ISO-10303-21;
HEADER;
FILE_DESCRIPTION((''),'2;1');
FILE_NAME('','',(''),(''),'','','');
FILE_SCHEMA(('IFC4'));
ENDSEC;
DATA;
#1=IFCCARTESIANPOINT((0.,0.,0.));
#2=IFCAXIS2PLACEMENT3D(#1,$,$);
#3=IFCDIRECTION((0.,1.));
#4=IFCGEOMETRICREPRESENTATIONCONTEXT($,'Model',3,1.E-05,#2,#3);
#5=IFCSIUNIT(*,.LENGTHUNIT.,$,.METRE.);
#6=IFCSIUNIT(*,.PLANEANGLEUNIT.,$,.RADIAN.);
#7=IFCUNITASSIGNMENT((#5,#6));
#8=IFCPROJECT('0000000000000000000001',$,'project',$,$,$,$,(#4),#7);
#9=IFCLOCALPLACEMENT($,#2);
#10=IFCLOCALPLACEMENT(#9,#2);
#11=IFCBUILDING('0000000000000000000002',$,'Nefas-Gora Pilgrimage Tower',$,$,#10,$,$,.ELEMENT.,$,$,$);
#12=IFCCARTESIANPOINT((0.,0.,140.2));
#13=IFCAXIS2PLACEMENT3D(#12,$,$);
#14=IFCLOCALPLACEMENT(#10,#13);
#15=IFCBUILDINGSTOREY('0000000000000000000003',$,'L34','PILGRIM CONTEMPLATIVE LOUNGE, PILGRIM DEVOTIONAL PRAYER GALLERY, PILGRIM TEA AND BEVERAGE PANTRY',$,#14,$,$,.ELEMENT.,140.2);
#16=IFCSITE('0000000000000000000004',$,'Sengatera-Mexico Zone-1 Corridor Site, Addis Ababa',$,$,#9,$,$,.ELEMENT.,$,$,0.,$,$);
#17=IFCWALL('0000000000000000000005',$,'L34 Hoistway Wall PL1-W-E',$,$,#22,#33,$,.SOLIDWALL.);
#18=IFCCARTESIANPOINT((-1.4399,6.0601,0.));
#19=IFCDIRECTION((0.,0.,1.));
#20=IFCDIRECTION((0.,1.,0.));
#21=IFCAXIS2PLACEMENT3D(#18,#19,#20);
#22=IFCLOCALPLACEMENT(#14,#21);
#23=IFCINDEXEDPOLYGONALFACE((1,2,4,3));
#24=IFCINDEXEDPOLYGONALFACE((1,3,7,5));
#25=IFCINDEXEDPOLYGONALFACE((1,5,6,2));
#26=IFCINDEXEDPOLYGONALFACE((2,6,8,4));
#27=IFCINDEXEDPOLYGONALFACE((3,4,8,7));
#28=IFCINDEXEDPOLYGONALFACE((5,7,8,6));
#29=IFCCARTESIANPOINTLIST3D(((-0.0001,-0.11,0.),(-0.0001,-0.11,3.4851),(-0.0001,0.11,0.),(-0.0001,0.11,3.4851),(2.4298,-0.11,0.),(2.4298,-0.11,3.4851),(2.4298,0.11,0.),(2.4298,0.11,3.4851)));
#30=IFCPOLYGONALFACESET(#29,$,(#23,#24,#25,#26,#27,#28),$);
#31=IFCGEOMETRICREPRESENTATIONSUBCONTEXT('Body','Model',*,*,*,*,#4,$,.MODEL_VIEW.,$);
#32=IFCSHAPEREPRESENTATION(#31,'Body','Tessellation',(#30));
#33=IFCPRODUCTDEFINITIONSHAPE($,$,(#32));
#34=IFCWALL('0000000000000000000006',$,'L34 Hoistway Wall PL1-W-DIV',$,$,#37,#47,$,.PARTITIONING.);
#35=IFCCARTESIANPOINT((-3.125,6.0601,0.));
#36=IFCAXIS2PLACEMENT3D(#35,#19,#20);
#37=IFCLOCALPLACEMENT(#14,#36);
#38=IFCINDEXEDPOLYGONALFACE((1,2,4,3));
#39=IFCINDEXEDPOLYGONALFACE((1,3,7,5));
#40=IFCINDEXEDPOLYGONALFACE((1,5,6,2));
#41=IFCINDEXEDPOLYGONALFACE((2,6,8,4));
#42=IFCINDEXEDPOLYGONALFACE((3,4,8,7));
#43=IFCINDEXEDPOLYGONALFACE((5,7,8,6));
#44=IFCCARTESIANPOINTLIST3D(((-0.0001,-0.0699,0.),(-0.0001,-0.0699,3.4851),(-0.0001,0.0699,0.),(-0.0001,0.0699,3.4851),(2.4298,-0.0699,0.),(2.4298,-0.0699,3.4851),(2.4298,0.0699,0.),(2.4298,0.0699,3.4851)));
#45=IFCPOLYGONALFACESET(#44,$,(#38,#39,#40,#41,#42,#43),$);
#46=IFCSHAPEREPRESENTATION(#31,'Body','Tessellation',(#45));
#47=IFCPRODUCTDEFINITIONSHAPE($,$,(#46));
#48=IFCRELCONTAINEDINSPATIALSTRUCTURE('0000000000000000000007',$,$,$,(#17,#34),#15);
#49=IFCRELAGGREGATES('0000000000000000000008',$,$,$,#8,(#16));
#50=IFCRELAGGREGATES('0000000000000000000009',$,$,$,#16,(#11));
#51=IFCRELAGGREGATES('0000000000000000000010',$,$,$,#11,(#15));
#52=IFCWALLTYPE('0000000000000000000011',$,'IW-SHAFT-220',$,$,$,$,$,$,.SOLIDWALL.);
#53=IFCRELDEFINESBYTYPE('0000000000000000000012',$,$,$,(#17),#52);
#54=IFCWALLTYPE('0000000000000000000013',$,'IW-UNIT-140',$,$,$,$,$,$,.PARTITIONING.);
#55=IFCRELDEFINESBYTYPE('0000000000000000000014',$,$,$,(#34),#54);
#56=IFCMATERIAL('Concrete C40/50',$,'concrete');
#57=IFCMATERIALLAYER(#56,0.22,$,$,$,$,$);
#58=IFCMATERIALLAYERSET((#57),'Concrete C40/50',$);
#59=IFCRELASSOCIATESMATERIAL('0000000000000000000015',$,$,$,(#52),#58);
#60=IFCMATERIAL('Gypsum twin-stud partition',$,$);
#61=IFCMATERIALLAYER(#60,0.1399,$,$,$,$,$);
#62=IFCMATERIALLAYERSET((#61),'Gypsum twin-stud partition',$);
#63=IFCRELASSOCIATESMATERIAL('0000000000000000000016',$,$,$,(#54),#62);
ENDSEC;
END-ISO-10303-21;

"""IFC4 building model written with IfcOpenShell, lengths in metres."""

from ifc_helpers import new_model, si_unit, direction, frame, frame_2d, origin, place, context, subcontext, project, spatial, rectangle, extrude, source, transform, mapped, material, layer, layer_set, type_object, element, save


model = new_model("IFC4")

# Units and contexts
model_context = context("Model", 3, precision=1e-05, world=origin(), true_north=direction((0.0, 1.0)))
body_context = subcontext(model_context, "Body", "Model", "MODEL_VIEW")
ifc_project = project(units=[si_unit("LENGTHUNIT", "METRE"), si_unit("PLANEANGLEUNIT", "RADIAN")], contexts=[model_context])

# Site, building, storey
site_placement = place(None, origin())
site = spatial("IfcSite", under=ifc_project, at=site_placement, Name="Sengatera-Mexico Zone-1 Corridor Site, Addis Ababa", CompositionType="ELEMENT", RefElevation=0.0)
building_placement = place(site_placement, origin())
building = spatial("IfcBuilding", under=site, at=building_placement, Name="Nefas-Gora Pilgrimage Tower", CompositionType="ELEMENT")
storey_placement = place(building_placement, frame((0.0, 0.0, 140.2)))
storey = spatial("IfcBuildingStorey", under=building, at=storey_placement, Name="L34", Description="PILGRIM CONTEMPLATIVE LOUNGE, PILGRIM DEVOTIONAL PRAYER GALLERY, PILGRIM TEA AND BEVERAGE PANTRY", CompositionType="ELEMENT", Elevation=140.2)

# Shared definitions
ifc_material_1 = material(Name="Concrete C40/50", Category="concrete")

# Shared definitions
ifc_layer_1 = layer(ifc_material_1, 0.22)
ifc_layer_set_1 = layer_set([ifc_layer_1], Name="Concrete C40/50")
wall_type_1 = type_object("IfcWallType", Name="IW-SHAFT-220", PredefinedType="SOLIDWALL", material=ifc_layer_set_1)

# Walls
shared_shape_1 = source(origin(), body_context, "Body", "SweptSolid", [
    extrude(rectangle(XDim=2.4299, YDim=0.22, at=frame_2d((1.2148, 0.0))), origin(), (0.0, 0.0, 1.0), 3.4851),
])
for number, where, z_axis, x_axis, name in (
    (1, (-1.4399, 6.0601, 0.0), (0.0, 0.0, 1.0), (0.0, 1.0, 0.0), "L34 Hoistway Wall PL1-W-E"),
):
    element("IfcWall", number, at=place(storey_placement, frame(where, z_axis=z_axis, x_axis=x_axis)), inside=storey, type_object=wall_type_1, Name=name, PredefinedType="SOLIDWALL", context=body_context, shape_type="MappedRepresentation", body=[
        mapped(shared_shape_1, transform((0.0, 0.0, 0.0), x_axis=(1.0, 0.0, 0.0), y_axis=(0.0, 1.0, 0.0), z_axis=(0.0, 0.0, 1.0), scale=1.0)),
    ])
ifc_material_2 = material(Name="Gypsum twin-stud partition")
ifc_layer_2 = layer(ifc_material_2, 0.1399)
ifc_layer_set_2 = layer_set([ifc_layer_2], Name="Gypsum twin-stud partition")
wall_type_2 = type_object("IfcWallType", Name="IW-UNIT-140", PredefinedType="PARTITIONING", material=ifc_layer_set_2)
shared_shape_2 = source(origin(), body_context, "Body", "SweptSolid", [
    extrude(rectangle(XDim=2.4299, YDim=0.1399, at=frame_2d((1.2148, 0.0))), origin(), (0.0, 0.0, 1.0), 3.4851),
])
wall_1_placement = place(storey_placement, frame((-3.125, 6.0601, 0.0), z_axis=(0.0, 0.0, 1.0), x_axis=(0.0, 1.0, 0.0)))
element("IfcWall", 2, at=wall_1_placement, inside=storey, type_object=wall_type_2, Name="L34 Hoistway Wall PL1-W-DIV", PredefinedType="PARTITIONING", context=body_context, shape_type="MappedRepresentation", body=[
    mapped(shared_shape_2, transform((0.0, 0.0, 0.0), x_axis=(1.0, 0.0, 0.0), y_axis=(0.0, 1.0, 0.0), z_axis=(0.0, 0.0, 1.0), scale=1.0)),
])

save(model, "model.ifc")
